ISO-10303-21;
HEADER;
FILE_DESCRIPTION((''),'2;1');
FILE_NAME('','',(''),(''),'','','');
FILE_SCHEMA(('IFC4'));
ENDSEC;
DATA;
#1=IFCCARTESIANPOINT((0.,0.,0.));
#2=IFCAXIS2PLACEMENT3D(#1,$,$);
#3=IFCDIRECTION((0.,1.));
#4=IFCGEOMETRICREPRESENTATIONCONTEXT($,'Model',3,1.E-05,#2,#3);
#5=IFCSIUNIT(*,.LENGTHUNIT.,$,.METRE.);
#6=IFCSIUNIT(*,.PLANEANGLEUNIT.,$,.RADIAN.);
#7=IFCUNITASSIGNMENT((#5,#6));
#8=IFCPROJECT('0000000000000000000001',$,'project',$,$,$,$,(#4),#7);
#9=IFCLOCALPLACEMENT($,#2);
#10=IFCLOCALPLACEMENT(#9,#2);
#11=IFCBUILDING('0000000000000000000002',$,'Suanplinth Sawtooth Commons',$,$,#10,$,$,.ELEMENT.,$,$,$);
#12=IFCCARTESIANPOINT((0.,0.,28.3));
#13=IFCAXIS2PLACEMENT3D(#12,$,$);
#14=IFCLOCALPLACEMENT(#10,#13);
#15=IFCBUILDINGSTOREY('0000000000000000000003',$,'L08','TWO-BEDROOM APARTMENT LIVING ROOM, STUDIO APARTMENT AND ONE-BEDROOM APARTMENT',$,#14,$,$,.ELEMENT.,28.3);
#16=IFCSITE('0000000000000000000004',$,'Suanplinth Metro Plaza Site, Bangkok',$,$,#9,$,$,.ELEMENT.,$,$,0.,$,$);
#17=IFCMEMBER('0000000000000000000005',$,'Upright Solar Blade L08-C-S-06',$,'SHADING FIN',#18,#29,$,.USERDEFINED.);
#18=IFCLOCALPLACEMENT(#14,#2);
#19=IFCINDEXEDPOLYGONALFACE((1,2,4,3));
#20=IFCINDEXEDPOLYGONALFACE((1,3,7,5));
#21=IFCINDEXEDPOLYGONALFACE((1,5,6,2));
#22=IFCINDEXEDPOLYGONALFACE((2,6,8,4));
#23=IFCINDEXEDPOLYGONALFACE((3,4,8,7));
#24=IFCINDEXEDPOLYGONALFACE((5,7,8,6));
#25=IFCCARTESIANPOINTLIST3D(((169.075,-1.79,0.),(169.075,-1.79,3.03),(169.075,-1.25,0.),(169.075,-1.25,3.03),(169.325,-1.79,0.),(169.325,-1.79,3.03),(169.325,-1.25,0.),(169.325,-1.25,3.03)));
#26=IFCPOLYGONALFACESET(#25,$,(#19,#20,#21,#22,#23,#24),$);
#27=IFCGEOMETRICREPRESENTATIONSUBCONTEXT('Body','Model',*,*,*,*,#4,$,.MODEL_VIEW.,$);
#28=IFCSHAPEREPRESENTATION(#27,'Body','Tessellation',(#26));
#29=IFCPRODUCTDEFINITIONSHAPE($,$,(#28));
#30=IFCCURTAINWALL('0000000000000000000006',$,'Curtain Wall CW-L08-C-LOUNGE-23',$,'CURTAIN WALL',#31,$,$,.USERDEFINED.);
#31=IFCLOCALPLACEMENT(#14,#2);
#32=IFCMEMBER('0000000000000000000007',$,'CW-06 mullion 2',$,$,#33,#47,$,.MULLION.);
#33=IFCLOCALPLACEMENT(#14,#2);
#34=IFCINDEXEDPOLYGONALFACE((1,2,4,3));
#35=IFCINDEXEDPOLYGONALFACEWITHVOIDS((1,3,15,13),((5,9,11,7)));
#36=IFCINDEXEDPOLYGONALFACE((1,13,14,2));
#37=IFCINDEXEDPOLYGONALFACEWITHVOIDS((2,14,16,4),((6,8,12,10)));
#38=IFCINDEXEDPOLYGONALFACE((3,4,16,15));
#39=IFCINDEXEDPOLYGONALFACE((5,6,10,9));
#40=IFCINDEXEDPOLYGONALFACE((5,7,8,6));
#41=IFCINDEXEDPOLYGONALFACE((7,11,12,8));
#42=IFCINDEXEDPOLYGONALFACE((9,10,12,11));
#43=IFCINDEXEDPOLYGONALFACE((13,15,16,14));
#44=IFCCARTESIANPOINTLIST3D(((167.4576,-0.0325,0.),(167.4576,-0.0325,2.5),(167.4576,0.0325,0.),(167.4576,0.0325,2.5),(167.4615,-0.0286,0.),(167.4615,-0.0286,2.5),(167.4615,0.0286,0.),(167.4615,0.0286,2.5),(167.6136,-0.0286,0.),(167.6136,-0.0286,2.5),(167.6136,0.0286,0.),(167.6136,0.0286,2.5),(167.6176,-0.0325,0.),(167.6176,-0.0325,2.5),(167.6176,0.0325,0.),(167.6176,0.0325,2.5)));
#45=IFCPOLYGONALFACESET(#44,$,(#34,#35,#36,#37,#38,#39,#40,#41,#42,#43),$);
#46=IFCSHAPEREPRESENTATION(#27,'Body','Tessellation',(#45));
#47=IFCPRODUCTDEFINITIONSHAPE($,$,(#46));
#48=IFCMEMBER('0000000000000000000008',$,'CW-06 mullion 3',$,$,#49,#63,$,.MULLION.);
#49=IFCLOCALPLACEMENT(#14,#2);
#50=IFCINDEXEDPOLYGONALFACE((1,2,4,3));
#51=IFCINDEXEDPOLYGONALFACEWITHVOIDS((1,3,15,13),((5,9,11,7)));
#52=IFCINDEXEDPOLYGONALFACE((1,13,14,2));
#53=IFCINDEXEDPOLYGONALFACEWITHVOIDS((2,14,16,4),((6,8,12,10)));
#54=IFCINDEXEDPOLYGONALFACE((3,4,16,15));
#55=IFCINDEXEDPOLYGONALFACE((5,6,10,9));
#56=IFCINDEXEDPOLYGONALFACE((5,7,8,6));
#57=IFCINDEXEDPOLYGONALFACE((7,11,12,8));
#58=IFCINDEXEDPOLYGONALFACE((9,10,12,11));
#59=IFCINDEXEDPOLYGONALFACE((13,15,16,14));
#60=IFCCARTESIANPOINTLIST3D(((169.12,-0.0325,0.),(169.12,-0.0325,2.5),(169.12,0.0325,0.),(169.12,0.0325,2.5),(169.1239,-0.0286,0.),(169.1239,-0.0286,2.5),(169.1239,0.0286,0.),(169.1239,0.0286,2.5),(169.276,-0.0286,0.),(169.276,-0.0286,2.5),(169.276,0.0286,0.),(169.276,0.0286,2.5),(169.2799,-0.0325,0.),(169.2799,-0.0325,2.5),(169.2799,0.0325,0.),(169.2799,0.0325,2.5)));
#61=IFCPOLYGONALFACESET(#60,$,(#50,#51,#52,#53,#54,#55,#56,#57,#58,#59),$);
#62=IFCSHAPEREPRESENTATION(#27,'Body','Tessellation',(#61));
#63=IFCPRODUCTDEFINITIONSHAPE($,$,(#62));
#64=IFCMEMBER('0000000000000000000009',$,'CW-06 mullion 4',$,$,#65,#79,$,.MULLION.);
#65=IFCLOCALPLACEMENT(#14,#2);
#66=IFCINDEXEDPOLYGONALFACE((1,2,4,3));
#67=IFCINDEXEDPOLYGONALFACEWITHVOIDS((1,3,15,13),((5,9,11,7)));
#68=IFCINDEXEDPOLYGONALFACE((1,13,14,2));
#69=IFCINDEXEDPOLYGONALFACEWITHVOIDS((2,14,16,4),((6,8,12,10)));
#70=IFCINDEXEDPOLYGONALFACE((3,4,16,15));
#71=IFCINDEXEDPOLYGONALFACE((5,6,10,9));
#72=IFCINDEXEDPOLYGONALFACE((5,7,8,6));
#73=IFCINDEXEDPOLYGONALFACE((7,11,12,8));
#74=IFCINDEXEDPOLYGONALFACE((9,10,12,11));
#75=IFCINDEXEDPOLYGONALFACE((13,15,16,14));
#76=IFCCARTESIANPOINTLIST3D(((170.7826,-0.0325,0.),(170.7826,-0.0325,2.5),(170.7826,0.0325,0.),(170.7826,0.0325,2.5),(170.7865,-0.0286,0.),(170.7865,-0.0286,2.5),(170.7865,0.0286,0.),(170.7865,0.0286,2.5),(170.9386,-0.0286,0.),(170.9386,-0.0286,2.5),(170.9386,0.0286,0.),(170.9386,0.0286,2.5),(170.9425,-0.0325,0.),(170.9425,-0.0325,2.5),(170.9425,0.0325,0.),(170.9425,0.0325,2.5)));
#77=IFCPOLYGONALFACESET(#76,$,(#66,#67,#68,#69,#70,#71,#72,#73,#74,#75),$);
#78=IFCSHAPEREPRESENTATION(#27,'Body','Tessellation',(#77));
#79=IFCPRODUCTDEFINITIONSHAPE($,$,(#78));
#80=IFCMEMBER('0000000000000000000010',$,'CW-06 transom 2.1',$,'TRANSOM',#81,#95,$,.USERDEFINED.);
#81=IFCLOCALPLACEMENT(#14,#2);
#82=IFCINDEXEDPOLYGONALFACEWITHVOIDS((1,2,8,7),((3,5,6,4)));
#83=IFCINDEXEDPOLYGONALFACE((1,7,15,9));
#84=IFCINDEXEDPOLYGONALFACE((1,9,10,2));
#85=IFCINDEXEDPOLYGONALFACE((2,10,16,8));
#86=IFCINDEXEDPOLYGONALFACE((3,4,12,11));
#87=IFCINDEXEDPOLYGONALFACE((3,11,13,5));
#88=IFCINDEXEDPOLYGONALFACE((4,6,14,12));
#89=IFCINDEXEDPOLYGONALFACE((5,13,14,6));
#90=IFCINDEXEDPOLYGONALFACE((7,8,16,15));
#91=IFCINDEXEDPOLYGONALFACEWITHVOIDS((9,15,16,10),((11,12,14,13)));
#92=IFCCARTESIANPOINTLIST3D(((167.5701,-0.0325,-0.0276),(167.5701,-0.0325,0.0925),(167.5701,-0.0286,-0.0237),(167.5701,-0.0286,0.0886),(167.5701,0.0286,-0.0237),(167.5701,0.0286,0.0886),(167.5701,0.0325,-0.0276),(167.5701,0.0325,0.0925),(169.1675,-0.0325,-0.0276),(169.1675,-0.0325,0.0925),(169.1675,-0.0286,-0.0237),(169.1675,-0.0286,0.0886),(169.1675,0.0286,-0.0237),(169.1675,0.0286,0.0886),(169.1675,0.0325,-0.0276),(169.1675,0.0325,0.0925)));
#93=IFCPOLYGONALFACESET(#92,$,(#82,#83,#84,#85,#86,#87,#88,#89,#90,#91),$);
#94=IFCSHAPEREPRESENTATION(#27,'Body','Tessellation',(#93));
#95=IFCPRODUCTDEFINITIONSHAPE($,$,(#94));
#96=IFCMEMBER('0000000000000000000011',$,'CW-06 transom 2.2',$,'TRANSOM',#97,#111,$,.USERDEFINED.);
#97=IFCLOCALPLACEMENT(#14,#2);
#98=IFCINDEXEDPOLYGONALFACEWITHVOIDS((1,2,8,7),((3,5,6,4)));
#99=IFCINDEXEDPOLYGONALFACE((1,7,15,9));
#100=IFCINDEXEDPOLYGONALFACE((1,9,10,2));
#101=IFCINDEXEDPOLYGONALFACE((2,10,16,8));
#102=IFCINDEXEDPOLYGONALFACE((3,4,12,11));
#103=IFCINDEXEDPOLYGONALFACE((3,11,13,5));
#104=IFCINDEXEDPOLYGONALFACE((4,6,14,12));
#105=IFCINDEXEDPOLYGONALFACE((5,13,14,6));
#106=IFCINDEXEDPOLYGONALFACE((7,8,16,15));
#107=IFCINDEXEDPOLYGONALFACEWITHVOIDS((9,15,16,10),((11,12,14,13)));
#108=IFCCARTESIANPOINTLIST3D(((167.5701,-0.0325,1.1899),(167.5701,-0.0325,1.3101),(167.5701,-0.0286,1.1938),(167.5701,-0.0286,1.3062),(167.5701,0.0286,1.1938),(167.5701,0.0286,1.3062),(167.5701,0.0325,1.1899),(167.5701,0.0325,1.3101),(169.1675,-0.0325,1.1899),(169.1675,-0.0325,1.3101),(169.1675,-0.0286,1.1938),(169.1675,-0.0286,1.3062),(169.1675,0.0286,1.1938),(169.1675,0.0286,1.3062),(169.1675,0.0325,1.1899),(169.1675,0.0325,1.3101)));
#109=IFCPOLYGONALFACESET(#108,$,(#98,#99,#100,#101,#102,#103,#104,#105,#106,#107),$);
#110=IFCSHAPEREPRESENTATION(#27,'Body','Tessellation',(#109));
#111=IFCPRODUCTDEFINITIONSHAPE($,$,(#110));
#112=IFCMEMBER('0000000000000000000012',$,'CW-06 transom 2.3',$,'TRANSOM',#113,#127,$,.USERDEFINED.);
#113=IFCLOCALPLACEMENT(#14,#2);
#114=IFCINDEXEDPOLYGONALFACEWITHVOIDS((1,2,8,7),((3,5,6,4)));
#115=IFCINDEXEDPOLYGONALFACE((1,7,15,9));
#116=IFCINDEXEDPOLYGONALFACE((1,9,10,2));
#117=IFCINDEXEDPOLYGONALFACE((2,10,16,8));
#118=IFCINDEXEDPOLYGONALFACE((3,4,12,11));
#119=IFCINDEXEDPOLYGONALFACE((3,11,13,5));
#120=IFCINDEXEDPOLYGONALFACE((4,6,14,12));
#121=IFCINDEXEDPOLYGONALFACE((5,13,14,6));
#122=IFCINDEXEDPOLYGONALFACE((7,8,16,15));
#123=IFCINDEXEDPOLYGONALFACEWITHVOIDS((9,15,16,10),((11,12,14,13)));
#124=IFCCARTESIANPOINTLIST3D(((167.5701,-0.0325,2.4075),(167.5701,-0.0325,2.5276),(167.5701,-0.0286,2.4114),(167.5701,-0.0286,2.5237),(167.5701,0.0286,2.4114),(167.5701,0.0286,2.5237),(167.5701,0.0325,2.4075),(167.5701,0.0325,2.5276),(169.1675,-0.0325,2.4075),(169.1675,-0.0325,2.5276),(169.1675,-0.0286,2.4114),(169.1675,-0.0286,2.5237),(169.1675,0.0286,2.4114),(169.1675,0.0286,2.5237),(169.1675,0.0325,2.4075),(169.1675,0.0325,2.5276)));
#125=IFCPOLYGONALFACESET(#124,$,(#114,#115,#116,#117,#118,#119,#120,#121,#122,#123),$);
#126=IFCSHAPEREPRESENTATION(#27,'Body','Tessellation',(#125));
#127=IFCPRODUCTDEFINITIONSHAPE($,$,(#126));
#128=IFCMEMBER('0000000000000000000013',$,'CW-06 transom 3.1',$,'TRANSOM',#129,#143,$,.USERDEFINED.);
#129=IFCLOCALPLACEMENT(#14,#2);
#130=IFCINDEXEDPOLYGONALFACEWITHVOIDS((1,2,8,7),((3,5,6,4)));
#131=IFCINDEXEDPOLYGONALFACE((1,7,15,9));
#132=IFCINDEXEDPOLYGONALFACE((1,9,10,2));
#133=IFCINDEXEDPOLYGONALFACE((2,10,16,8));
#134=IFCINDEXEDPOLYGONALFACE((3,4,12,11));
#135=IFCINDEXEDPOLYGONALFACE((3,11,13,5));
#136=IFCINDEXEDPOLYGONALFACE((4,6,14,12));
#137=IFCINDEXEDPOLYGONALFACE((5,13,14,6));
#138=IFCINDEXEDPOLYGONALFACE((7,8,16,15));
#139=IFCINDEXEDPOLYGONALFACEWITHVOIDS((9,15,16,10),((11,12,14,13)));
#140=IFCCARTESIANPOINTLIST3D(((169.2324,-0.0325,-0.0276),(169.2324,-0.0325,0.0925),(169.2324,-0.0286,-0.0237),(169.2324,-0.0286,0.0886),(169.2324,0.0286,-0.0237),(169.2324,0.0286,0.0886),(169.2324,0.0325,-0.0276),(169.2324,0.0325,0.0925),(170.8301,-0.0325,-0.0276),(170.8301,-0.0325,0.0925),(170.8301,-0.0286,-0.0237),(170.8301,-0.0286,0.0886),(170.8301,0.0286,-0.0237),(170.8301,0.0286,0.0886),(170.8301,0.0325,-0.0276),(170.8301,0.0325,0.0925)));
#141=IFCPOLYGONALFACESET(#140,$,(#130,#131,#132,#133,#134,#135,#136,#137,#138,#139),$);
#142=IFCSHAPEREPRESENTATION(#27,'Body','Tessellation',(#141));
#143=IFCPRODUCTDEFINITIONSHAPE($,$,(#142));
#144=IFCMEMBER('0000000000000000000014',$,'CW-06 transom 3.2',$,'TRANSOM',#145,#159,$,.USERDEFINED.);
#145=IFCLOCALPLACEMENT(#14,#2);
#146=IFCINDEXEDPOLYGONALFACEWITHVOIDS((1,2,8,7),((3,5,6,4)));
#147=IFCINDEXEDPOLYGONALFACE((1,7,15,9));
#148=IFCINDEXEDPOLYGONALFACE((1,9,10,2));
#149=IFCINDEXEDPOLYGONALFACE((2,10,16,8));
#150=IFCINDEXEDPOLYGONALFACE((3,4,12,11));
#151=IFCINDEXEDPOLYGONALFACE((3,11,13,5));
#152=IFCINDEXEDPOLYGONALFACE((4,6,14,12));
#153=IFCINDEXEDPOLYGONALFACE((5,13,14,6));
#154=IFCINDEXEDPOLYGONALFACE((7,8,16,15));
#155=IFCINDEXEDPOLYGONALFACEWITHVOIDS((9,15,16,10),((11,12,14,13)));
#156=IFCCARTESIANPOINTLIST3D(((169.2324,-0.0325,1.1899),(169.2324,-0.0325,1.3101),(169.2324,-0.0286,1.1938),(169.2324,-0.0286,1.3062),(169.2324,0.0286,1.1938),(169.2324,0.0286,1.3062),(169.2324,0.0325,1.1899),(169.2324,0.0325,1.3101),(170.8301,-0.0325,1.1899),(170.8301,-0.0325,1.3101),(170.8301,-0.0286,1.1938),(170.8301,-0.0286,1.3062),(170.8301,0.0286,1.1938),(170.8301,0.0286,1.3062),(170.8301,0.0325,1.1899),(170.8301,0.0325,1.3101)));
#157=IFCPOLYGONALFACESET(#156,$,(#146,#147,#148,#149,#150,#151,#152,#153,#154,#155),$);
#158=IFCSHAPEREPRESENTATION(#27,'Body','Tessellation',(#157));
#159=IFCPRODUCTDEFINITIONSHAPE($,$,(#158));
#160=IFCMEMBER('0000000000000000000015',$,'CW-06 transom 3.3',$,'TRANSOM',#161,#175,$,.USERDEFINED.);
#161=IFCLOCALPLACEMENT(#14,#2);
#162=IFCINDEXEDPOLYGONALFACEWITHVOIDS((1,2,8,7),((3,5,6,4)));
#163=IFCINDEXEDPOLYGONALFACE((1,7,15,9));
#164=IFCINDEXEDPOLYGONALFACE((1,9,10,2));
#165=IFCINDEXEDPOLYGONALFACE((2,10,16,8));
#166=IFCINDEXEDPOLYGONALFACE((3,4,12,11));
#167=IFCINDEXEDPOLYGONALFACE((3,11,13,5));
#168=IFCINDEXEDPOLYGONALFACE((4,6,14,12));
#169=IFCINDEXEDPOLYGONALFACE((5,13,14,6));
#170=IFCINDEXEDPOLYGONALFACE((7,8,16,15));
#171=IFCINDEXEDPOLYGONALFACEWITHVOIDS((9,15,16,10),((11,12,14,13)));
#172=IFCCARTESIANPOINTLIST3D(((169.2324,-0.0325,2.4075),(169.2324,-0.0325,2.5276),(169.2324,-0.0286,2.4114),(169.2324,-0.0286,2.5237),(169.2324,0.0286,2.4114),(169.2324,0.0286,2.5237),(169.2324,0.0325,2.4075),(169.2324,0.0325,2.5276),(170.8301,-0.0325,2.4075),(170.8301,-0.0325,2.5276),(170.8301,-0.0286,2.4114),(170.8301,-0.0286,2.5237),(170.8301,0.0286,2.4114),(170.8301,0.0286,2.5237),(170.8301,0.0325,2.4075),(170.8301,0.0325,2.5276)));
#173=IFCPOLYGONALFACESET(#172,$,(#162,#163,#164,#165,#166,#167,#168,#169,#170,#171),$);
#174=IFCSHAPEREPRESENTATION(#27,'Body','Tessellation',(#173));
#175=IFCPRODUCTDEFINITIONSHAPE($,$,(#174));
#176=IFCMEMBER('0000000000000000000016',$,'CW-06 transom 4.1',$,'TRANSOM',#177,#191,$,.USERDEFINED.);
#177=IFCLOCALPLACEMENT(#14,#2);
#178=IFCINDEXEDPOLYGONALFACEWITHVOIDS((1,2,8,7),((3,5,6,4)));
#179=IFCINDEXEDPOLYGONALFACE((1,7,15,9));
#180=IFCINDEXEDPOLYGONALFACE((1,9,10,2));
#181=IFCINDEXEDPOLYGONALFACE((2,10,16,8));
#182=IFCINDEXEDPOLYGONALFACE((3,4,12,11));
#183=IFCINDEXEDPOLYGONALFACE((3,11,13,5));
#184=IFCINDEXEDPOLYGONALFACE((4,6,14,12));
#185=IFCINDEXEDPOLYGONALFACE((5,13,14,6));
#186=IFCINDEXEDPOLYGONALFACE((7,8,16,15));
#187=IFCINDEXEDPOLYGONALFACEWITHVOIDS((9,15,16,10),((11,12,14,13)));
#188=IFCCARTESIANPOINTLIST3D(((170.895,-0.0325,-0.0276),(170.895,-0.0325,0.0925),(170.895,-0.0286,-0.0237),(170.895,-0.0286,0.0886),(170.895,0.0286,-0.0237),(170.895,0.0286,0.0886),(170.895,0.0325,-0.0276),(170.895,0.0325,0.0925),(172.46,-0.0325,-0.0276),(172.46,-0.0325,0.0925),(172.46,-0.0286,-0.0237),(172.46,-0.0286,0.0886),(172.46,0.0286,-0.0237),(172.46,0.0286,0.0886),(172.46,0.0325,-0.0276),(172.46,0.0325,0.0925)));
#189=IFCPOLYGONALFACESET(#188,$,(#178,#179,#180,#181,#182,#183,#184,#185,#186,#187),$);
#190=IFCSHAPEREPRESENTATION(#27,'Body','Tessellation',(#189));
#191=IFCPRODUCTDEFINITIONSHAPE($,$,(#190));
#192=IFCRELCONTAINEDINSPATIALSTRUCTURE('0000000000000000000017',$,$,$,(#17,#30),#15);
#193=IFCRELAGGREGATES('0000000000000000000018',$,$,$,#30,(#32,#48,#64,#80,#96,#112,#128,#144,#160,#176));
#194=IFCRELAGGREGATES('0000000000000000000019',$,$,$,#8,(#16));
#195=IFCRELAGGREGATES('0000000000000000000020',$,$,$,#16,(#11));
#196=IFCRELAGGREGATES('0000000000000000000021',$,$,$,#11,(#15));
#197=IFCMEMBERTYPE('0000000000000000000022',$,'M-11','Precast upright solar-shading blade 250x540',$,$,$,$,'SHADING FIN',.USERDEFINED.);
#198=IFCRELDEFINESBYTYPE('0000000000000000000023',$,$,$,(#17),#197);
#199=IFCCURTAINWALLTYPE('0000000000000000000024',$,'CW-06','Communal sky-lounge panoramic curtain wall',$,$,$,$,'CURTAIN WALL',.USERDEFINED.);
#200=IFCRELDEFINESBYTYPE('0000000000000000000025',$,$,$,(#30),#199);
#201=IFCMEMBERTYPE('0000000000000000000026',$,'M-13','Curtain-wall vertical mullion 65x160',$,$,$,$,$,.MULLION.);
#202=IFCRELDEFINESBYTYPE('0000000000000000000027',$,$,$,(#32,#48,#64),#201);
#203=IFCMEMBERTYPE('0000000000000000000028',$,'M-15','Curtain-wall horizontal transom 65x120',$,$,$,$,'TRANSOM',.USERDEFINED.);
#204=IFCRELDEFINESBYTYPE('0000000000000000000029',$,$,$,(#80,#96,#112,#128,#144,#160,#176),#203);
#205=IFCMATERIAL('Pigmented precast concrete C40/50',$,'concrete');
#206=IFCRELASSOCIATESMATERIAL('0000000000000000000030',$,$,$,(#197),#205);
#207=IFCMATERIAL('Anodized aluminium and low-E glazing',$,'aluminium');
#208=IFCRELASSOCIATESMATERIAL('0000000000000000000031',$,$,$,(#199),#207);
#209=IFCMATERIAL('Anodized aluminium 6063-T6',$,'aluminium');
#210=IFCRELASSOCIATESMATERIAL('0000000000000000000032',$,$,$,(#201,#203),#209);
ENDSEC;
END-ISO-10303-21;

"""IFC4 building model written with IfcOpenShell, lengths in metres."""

from ifc_helpers import new_model, si_unit, direction, frame, origin, origin_2d, place, context, subcontext, project, spatial, rectangle, hollow_rectangle, extrude, material, material_profile, profile_set, type_object, element, aggregate, save


model = new_model("IFC4")

# Units and contexts
model_context = context("Model", 3, precision=1e-05, world=origin(), true_north=direction((0.0, 1.0)))
body_context = subcontext(model_context, "Body", "Model", "MODEL_VIEW")
ifc_project = project(units=[si_unit("LENGTHUNIT", "METRE"), si_unit("PLANEANGLEUNIT", "RADIAN")], contexts=[model_context])

# Site, building, storey
site_placement = place(None, origin())
site = spatial("IfcSite", under=ifc_project, at=site_placement, Name="Suanplinth Metro Plaza Site, Bangkok", CompositionType="ELEMENT", RefElevation=0.0)
building_placement = place(site_placement, origin())
building = spatial("IfcBuilding", under=site, at=building_placement, Name="Suanplinth Sawtooth Commons", CompositionType="ELEMENT")
storey_placement = place(building_placement, frame((0.0, 0.0, 28.3)))
storey = spatial("IfcBuildingStorey", under=building, at=storey_placement, Name="L08", Description="TWO-BEDROOM APARTMENT LIVING ROOM, STUDIO APARTMENT AND ONE-BEDROOM APARTMENT", CompositionType="ELEMENT", Elevation=28.3)

# Member
ifc_material_1 = material(Name="Pigmented precast concrete C40/50", Category="concrete")
ifc_material_profile_1 = material_profile(ifc_material_1, rectangle(XDim=0.25, YDim=0.54, at=origin_2d()), Name="PC-FIN 250x540")
ifc_profile_set_1 = profile_set([ifc_material_profile_1], Name="Pigmented precast concrete C40/50")
member_type_1 = type_object("IfcMemberType", Name="M-11", Description="Precast upright solar-shading blade 250x540", ElementType="SHADING FIN", PredefinedType="USERDEFINED", material=ifc_profile_set_1)
member_1_placement = place(storey_placement, frame((169.2, -1.52, 0.0), z_axis=(0.0, 0.0, 1.0), x_axis=(1.0, 0.0, 0.0)))
element("IfcMember", 1, at=member_1_placement, inside=storey, type_object=member_type_1, Name="Upright Solar Blade L08-C-S-06", ObjectType="SHADING FIN", PredefinedType="USERDEFINED", context=body_context, shape_type="SweptSolid", body=[
    extrude(rectangle(XDim=0.25, YDim=0.54, at=origin_2d()), origin(), (0.0, 0.0, 1.0), 3.03),
])

# Curtain wall, members
ifc_material_2 = material(Name="Anodized aluminium and low-E glazing", Category="aluminium")
curtain_wall_type = type_object("IfcCurtainWallType", Name="CW-06", Description="Communal sky-lounge panoramic curtain wall", ElementType="CURTAIN WALL", PredefinedType="USERDEFINED", material=ifc_material_2)
curtain_wall_placement = place(storey_placement, origin())
curtain_wall = element("IfcCurtainWall", 2, at=curtain_wall_placement, inside=storey, type_object=curtain_wall_type, Name="Curtain Wall CW-L08-C-LOUNGE-23", ObjectType="CURTAIN WALL", PredefinedType="USERDEFINED")
ifc_material_3 = material(Name="Anodized aluminium 6063-T6", Category="aluminium")
ifc_material_profile_2 = material_profile(ifc_material_3, hollow_rectangle(XDim=0.0649, YDim=0.1599, WallThickness=0.0039, at=origin_2d()), Name="ALU-MUL 65x160")
ifc_profile_set_2 = profile_set([ifc_material_profile_2], Name="Anodized aluminium 6063-T6")
member_type_2 = type_object("IfcMemberType", Name="M-13", Description="Curtain-wall vertical mullion 65x160", PredefinedType="MULLION", material=ifc_profile_set_2)
member_2_placement = place(storey_placement, frame((167.5376, 0.0, 0.0), z_axis=(0.0, 0.0, 1.0), x_axis=(0.0, 1.0, 0.0)))
member_2 = element("IfcMember", 3, at=member_2_placement, type_object=member_type_2, Name="CW-06 mullion 2", PredefinedType="MULLION", context=body_context, shape_type="SweptSolid", body=[
    extrude(hollow_rectangle(XDim=0.0649, YDim=0.1599, WallThickness=0.0039, at=origin_2d()), origin(), (0.0, 0.0, 1.0), 2.5),
])
member_3_placement = place(storey_placement, frame((169.2, 0.0, 0.0), z_axis=(0.0, 0.0, 1.0), x_axis=(0.0, 1.0, 0.0)))
member_3 = element("IfcMember", 4, at=member_3_placement, type_object=member_type_2, Name="CW-06 mullion 3", PredefinedType="MULLION", context=body_context, shape_type="SweptSolid", body=[
    extrude(hollow_rectangle(XDim=0.0649, YDim=0.1599, WallThickness=0.0039, at=origin_2d()), origin(), (0.0, 0.0, 1.0), 2.5),
])
member_4_placement = place(storey_placement, frame((170.8625, 0.0, 0.0), z_axis=(0.0, 0.0, 1.0), x_axis=(0.0, 1.0, 0.0)))
member_4 = element("IfcMember", 5, at=member_4_placement, type_object=member_type_2, Name="CW-06 mullion 4", PredefinedType="MULLION", context=body_context, shape_type="SweptSolid", body=[
    extrude(hollow_rectangle(XDim=0.0649, YDim=0.1599, WallThickness=0.0039, at=origin_2d()), origin(), (0.0, 0.0, 1.0), 2.5),
])
ifc_material_profile_3 = material_profile(ifc_material_3, hollow_rectangle(XDim=0.0649, YDim=0.1201, WallThickness=0.0039, at=origin_2d()), Name="ALU-TRN 65x120")
ifc_profile_set_3 = profile_set([ifc_material_profile_3], Name="Anodized aluminium 6063-T6")
member_type_3 = type_object("IfcMemberType", Name="M-15", Description="Curtain-wall horizontal transom 65x120", ElementType="TRANSOM", PredefinedType="USERDEFINED", material=ifc_profile_set_3)
member_5_placement = place(storey_placement, frame((167.5701, 0.0, 0.0325), z_axis=(1.0, 0.0, 0.0), x_axis=(0.0, 1.0, 0.0)))
member_5 = element("IfcMember", 6, at=member_5_placement, type_object=member_type_3, Name="CW-06 transom 2.1", ObjectType="TRANSOM", PredefinedType="USERDEFINED", context=body_context, shape_type="SweptSolid", body=[
    extrude(hollow_rectangle(XDim=0.0649, YDim=0.1201, WallThickness=0.0039, at=origin_2d()), origin(), (0.0, 0.0, 1.0), 1.5974),
])
member_6_placement = place(storey_placement, frame((167.5701, 0.0, 1.25), z_axis=(1.0, 0.0, 0.0), x_axis=(0.0, 1.0, 0.0)))
member_6 = element("IfcMember", 7, at=member_6_placement, type_object=member_type_3, Name="CW-06 transom 2.2", ObjectType="TRANSOM", PredefinedType="USERDEFINED", context=body_context, shape_type="SweptSolid", body=[
    extrude(hollow_rectangle(XDim=0.0649, YDim=0.1201, WallThickness=0.0039, at=origin_2d()), origin(), (0.0, 0.0, 1.0), 1.5974),
])
member_7_placement = place(storey_placement, frame((167.5701, 0.0, 2.4675), z_axis=(1.0, 0.0, 0.0), x_axis=(0.0, 1.0, 0.0)))
member_7 = element("IfcMember", 8, at=member_7_placement, type_object=member_type_3, Name="CW-06 transom 2.3", ObjectType="TRANSOM", PredefinedType="USERDEFINED", context=body_context, shape_type="SweptSolid", body=[
    extrude(hollow_rectangle(XDim=0.0649, YDim=0.1201, WallThickness=0.0039, at=origin_2d()), origin(), (0.0, 0.0, 1.0), 1.5974),
])
member_8_placement = place(storey_placement, frame((169.2324, 0.0, 0.0325), z_axis=(1.0, 0.0, 0.0), x_axis=(0.0, 1.0, 0.0)))
member_8 = element("IfcMember", 9, at=member_8_placement, type_object=member_type_3, Name="CW-06 transom 3.1", ObjectType="TRANSOM", PredefinedType="USERDEFINED", context=body_context, shape_type="SweptSolid", body=[
    extrude(hollow_rectangle(XDim=0.0649, YDim=0.1201, WallThickness=0.0039, at=origin_2d()), origin(), (0.0, 0.0, 1.0), 1.5977),
])
member_9_placement = place(storey_placement, frame((169.2324, 0.0, 1.25), z_axis=(1.0, 0.0, 0.0), x_axis=(0.0, 1.0, 0.0)))
member_9 = element("IfcMember", 10, at=member_9_placement, type_object=member_type_3, Name="CW-06 transom 3.2", ObjectType="TRANSOM", PredefinedType="USERDEFINED", context=body_context, shape_type="SweptSolid", body=[
    extrude(hollow_rectangle(XDim=0.0649, YDim=0.1201, WallThickness=0.0039, at=origin_2d()), origin(), (0.0, 0.0, 1.0), 1.5977),
])
member_10_placement = place(storey_placement, frame((169.2324, 0.0, 2.4675), z_axis=(1.0, 0.0, 0.0), x_axis=(0.0, 1.0, 0.0)))
member_10 = element("IfcMember", 11, at=member_10_placement, type_object=member_type_3, Name="CW-06 transom 3.3", ObjectType="TRANSOM", PredefinedType="USERDEFINED", context=body_context, shape_type="SweptSolid", body=[
    extrude(hollow_rectangle(XDim=0.0649, YDim=0.1201, WallThickness=0.0039, at=origin_2d()), origin(), (0.0, 0.0, 1.0), 1.5977),
])
member_11_placement = place(storey_placement, frame((170.895, 0.0, 0.0325), z_axis=(1.0, 0.0, 0.0), x_axis=(0.0, 1.0, 0.0)))
member_11 = element("IfcMember", 12, at=member_11_placement, type_object=member_type_3, Name="CW-06 transom 4.1", ObjectType="TRANSOM", PredefinedType="USERDEFINED", context=body_context, shape_type="SweptSolid", body=[
    extrude(hollow_rectangle(XDim=0.0649, YDim=0.1201, WallThickness=0.0039, at=origin_2d()), origin(), (0.0, 0.0, 1.0), 1.5649),
])
aggregate(curtain_wall, [member_2, member_3, member_4, member_5, member_6, member_7, member_8, member_9, member_10, member_11])

save(model, "model.ifc")
